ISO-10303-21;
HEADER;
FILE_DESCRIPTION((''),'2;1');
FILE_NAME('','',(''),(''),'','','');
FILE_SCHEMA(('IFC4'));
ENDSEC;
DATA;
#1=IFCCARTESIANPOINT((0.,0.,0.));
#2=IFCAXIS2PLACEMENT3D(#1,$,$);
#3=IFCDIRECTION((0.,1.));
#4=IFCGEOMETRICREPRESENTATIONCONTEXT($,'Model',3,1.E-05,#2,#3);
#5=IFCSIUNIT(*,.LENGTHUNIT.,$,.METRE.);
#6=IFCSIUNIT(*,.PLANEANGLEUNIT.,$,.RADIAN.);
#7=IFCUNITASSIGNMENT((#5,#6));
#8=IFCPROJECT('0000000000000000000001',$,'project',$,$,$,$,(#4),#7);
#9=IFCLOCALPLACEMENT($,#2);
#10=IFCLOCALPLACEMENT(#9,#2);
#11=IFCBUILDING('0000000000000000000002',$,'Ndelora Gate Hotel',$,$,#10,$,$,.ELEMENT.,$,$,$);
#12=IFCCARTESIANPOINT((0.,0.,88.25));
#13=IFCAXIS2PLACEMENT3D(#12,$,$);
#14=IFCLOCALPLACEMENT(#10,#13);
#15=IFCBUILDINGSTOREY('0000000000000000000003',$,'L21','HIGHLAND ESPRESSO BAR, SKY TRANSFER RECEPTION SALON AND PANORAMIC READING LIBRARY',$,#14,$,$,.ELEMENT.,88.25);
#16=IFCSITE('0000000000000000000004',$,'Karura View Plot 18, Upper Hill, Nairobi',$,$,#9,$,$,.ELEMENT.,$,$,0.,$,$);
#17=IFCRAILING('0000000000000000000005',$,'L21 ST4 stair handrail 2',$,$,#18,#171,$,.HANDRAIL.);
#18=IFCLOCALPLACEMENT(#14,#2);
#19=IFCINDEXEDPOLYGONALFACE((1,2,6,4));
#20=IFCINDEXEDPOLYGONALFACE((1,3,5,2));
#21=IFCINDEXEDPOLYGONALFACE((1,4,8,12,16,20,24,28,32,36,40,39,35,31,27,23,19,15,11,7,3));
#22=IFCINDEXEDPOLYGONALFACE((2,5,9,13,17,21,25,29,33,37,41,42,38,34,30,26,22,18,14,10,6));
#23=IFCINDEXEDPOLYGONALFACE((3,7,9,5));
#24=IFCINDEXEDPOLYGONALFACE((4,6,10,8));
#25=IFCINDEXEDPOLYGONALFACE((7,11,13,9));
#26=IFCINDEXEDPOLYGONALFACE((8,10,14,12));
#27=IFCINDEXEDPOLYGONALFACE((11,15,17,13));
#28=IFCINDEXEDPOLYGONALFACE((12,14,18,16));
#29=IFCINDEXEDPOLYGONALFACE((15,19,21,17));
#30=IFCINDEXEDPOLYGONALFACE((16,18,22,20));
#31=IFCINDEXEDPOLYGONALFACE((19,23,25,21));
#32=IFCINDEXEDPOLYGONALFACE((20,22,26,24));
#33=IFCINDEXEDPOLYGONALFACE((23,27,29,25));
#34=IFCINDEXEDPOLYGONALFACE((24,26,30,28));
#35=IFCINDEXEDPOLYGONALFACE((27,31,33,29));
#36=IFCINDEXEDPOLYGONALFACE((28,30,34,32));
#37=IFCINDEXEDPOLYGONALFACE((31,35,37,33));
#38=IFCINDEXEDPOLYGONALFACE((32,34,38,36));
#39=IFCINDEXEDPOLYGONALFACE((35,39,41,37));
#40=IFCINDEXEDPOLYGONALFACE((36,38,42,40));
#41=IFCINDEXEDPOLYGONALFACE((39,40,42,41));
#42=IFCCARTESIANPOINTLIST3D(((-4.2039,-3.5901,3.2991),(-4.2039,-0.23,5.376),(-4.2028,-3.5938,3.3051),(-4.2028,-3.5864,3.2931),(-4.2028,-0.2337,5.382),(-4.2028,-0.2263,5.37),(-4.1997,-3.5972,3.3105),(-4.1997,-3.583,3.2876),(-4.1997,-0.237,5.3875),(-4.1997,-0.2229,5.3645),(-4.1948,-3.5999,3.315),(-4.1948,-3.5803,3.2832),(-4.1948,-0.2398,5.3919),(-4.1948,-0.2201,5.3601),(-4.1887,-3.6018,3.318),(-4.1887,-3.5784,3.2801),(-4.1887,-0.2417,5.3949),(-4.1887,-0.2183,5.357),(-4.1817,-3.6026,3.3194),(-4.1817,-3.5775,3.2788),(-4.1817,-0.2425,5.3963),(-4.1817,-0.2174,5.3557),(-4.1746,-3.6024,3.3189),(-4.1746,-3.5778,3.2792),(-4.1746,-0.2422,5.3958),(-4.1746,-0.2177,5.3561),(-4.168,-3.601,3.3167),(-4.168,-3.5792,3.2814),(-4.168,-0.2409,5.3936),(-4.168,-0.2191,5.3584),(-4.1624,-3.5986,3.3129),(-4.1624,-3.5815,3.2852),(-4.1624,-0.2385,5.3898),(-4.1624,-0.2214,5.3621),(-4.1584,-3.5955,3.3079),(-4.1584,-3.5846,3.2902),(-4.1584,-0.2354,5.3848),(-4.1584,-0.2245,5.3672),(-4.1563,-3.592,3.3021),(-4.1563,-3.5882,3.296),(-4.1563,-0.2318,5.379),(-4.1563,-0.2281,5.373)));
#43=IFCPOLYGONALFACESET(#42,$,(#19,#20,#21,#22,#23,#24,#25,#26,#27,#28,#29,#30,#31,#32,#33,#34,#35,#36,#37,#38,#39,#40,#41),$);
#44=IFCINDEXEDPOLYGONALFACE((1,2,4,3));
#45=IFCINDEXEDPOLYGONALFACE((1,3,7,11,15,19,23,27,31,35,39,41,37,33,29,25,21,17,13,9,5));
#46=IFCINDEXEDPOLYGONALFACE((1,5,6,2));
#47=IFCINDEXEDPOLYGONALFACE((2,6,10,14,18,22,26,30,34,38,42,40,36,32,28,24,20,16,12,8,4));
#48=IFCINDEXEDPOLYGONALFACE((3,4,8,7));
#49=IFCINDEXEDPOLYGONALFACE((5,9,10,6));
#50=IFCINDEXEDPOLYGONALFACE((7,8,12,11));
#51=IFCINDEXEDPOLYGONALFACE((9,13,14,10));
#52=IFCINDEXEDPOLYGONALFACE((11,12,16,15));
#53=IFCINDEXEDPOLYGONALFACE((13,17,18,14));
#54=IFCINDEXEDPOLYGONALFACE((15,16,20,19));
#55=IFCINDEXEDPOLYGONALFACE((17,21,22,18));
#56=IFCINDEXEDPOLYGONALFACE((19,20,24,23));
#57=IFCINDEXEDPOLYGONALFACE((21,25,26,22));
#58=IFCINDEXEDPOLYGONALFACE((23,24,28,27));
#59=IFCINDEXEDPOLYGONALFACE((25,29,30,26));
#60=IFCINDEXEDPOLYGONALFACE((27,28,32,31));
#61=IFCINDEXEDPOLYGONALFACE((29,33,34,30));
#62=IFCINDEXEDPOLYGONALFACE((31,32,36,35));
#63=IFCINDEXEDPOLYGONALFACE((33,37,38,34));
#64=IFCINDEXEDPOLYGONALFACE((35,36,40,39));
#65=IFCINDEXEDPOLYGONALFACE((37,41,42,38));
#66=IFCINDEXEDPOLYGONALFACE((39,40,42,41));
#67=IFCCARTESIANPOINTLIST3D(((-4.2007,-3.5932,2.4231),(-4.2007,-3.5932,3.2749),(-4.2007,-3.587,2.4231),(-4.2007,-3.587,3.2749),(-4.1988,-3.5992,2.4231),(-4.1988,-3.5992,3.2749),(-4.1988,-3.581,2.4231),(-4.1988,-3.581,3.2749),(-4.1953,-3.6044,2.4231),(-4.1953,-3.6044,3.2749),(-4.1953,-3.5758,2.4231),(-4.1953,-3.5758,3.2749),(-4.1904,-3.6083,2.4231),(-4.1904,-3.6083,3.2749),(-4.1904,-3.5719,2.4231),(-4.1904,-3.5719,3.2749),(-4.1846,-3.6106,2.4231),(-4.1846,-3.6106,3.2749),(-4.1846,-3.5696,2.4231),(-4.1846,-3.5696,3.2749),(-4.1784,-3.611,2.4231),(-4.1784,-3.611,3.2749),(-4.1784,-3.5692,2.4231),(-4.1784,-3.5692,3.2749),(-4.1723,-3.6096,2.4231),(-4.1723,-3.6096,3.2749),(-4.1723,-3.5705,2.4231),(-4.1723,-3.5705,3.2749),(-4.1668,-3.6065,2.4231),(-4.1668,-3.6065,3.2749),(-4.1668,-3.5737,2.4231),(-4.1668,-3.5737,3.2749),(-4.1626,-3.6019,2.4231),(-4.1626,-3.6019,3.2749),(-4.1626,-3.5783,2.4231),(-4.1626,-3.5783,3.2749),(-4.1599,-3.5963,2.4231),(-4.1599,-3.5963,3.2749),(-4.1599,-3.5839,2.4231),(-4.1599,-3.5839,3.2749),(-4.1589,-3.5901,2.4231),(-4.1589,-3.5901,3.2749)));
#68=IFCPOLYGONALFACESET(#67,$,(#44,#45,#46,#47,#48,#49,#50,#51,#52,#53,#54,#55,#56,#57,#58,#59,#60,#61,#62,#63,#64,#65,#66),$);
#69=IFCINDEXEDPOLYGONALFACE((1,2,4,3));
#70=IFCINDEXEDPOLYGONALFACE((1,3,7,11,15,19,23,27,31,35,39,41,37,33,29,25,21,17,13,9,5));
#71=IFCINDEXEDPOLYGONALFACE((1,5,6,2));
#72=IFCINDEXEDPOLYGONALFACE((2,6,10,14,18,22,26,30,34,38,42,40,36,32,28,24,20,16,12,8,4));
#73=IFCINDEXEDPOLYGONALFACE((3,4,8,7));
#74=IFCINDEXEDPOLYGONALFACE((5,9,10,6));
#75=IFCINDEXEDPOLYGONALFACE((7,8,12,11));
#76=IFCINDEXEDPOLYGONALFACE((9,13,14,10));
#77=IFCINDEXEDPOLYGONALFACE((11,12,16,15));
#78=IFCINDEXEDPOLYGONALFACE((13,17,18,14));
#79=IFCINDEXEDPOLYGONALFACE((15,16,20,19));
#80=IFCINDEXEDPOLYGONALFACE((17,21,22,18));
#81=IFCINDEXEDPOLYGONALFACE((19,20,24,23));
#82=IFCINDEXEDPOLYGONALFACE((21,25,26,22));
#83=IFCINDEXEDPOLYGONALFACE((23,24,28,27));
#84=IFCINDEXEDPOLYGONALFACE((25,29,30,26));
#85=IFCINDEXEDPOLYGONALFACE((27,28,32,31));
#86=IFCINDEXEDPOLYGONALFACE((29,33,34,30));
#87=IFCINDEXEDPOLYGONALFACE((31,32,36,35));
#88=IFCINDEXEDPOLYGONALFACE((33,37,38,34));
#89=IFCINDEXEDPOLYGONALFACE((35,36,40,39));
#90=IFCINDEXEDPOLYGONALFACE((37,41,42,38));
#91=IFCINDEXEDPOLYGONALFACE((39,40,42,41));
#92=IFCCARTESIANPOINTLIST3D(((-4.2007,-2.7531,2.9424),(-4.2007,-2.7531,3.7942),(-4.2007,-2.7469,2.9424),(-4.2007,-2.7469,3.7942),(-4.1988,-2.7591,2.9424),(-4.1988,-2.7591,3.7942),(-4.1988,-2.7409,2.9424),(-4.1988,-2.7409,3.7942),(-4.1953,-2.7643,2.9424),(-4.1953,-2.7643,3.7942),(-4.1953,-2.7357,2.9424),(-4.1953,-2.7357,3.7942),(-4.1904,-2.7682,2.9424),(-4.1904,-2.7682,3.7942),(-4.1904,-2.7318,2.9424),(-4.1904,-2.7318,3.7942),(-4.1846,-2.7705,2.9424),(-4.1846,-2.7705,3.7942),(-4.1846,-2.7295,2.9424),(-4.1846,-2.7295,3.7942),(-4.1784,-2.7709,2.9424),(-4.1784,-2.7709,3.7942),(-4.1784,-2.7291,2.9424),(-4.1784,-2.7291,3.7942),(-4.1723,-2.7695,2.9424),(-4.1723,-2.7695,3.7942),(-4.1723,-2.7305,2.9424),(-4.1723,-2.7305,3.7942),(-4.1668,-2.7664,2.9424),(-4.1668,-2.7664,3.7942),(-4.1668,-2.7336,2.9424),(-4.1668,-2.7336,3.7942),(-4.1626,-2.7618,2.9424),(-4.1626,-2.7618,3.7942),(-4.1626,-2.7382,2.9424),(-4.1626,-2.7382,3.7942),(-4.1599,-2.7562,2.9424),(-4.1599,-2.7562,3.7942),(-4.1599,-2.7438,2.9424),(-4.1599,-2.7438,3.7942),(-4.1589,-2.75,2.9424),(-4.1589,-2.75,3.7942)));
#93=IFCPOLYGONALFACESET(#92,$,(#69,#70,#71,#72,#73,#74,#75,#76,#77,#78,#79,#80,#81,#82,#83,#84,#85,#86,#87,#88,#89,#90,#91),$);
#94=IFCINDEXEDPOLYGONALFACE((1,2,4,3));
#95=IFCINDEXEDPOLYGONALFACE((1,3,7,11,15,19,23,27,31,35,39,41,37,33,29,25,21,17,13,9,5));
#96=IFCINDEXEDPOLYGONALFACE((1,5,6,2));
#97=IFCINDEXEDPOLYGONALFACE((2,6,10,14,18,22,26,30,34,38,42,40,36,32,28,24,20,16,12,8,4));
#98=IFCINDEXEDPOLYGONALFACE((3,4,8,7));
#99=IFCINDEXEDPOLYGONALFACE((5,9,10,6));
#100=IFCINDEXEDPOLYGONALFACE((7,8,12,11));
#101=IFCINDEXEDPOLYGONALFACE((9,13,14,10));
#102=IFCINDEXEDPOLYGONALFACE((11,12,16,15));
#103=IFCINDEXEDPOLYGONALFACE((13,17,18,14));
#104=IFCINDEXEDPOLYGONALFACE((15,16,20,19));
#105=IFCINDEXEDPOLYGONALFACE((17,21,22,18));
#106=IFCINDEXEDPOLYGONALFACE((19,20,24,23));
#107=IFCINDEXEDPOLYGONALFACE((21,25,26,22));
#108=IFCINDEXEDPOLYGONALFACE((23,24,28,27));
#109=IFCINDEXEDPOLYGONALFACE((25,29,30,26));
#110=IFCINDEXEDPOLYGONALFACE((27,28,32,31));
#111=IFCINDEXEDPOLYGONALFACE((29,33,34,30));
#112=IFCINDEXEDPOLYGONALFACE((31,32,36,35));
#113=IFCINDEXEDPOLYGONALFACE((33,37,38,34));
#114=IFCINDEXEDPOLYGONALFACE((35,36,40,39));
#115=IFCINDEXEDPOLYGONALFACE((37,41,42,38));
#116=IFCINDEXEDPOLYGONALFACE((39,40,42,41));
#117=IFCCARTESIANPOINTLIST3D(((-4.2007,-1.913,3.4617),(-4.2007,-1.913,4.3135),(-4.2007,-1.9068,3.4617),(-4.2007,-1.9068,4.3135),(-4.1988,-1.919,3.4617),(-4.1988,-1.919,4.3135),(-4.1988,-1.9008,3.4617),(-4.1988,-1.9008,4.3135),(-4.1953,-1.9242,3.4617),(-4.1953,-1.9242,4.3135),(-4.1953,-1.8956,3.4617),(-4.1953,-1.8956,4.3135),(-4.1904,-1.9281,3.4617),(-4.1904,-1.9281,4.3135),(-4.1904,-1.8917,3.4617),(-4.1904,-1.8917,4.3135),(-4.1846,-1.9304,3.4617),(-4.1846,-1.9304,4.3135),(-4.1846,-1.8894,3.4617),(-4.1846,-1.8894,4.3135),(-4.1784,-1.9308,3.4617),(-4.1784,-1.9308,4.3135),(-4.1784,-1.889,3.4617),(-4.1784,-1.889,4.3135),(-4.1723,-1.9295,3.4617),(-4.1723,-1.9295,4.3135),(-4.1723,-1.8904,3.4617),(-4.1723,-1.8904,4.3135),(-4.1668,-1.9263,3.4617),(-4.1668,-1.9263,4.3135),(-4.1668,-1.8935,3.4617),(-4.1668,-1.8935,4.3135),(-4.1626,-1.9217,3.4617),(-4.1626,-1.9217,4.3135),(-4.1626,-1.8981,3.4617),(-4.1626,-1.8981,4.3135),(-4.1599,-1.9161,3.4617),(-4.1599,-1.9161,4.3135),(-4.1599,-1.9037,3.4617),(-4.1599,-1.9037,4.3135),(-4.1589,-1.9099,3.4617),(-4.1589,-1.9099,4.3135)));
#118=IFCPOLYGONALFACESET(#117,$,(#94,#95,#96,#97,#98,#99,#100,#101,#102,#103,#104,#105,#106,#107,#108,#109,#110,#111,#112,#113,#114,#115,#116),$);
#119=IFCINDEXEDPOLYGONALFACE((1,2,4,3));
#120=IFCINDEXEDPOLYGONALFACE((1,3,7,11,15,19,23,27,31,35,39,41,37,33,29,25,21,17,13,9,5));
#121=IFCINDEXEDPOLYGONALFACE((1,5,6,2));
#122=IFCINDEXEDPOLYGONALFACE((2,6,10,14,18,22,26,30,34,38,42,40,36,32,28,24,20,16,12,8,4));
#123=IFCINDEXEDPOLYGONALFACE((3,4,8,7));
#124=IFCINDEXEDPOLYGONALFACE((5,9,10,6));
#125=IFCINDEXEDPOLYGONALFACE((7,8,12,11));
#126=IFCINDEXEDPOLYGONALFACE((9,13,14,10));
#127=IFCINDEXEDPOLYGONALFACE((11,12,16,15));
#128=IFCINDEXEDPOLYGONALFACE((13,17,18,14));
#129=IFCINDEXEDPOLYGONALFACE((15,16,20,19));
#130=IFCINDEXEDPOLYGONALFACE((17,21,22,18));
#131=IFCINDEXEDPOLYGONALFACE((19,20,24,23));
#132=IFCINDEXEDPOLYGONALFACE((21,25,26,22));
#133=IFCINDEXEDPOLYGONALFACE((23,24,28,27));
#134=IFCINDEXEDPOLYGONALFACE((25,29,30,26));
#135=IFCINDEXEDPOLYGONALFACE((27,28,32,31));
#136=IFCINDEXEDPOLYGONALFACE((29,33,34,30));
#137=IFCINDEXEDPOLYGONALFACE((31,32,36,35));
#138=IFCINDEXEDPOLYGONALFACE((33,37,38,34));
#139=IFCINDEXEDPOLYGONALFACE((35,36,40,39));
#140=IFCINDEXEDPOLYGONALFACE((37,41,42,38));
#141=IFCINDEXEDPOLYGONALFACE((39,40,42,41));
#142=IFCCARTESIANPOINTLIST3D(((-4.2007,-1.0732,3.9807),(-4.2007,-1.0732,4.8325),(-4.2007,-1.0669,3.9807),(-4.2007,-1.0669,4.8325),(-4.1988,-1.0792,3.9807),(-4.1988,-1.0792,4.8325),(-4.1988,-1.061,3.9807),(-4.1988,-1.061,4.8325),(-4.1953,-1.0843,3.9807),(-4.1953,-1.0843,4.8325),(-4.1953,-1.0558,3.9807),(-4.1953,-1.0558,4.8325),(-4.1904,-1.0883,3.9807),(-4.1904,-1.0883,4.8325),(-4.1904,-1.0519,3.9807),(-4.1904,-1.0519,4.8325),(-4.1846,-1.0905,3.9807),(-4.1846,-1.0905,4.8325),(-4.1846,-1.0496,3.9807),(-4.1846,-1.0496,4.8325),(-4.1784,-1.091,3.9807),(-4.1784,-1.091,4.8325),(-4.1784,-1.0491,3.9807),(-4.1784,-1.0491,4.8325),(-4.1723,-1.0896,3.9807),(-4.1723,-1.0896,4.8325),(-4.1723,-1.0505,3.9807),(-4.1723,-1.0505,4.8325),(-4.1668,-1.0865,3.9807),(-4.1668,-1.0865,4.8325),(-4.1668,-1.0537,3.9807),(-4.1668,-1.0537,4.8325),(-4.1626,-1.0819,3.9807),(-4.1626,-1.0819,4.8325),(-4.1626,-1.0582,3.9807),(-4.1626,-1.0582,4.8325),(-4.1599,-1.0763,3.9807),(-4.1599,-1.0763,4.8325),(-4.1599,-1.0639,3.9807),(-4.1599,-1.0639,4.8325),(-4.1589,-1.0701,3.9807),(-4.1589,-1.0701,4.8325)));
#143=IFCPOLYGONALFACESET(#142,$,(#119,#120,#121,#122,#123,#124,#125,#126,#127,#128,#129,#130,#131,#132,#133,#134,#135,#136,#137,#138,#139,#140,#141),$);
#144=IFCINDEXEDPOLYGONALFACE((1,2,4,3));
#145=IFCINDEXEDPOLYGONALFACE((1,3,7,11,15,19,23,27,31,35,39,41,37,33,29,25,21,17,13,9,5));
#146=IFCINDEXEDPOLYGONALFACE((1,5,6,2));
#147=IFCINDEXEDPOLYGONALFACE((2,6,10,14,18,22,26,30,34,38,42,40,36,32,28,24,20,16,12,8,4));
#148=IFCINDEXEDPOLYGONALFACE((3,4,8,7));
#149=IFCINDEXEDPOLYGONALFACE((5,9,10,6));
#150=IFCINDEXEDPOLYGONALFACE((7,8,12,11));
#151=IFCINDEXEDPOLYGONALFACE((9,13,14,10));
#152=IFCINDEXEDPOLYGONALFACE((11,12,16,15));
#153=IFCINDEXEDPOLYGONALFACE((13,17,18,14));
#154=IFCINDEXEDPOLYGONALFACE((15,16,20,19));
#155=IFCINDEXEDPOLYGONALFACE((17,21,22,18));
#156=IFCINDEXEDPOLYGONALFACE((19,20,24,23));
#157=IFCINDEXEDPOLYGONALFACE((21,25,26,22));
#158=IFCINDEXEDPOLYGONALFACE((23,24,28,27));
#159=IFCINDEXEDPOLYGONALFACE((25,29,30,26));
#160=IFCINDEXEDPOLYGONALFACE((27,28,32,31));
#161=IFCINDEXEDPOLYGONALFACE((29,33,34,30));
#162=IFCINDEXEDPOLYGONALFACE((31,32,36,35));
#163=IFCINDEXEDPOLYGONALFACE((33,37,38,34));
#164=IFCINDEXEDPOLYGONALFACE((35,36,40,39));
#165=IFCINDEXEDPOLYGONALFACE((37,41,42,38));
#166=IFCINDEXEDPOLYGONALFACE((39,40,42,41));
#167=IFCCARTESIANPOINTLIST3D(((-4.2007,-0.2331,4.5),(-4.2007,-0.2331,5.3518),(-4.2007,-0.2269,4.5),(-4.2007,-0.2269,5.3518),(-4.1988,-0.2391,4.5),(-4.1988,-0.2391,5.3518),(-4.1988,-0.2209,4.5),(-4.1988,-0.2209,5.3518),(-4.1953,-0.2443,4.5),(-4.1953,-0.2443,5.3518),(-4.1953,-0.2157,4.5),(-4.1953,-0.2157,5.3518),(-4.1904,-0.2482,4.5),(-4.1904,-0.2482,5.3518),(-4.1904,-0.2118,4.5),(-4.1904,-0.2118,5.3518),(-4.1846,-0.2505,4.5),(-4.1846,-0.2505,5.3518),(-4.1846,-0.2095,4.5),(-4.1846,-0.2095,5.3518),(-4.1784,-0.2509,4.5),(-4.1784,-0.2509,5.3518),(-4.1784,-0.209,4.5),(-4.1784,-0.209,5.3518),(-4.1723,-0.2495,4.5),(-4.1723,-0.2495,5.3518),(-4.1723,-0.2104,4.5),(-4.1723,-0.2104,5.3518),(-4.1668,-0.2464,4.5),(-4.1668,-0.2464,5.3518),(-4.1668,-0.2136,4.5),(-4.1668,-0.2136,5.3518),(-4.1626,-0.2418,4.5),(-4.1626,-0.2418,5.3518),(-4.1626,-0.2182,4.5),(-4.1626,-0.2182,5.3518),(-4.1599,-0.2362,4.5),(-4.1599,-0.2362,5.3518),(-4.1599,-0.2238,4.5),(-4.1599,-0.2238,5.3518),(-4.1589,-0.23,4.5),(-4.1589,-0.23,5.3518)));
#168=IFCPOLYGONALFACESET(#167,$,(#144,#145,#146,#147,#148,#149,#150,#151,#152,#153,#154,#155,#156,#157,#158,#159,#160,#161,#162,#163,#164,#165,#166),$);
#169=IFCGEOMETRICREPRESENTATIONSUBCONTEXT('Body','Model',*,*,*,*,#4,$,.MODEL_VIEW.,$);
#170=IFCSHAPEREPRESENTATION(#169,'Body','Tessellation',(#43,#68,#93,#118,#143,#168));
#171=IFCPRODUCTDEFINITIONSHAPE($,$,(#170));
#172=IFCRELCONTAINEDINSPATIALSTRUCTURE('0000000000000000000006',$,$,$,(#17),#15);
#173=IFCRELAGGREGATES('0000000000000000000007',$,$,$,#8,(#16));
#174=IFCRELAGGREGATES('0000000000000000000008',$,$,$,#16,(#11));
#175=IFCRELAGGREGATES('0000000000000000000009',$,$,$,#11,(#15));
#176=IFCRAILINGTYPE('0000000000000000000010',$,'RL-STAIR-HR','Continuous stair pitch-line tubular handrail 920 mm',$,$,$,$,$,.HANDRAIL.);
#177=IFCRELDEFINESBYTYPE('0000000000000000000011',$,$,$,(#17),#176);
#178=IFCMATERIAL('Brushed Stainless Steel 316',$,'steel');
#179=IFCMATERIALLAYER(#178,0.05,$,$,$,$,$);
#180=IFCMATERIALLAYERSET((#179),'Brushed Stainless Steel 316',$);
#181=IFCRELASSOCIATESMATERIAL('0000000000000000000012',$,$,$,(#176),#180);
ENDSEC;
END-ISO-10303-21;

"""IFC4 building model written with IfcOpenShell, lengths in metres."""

from ifc_helpers import new_model, si_unit, direction, frame, origin, origin_2d, place, context, subcontext, project, spatial, circle, extrude, material, layer, layer_set, type_object, element, save


model = new_model("IFC4")

# Units and contexts
model_context = context("Model", 3, precision=1e-05, world=origin(), true_north=direction((0.0, 1.0)))
body_context = subcontext(model_context, "Body", "Model", "MODEL_VIEW")
ifc_project = project(units=[si_unit("LENGTHUNIT", "METRE"), si_unit("PLANEANGLEUNIT", "RADIAN")], contexts=[model_context])

# Site, building, storey
site_placement = place(None, origin())
site = spatial("IfcSite", under=ifc_project, at=site_placement, Name="Karura View Plot 18, Upper Hill, Nairobi", CompositionType="ELEMENT", RefElevation=0.0)
building_placement = place(site_placement, origin())
building = spatial("IfcBuilding", under=site, at=building_placement, Name="Ndelora Gate Hotel", CompositionType="ELEMENT")
storey_placement = place(building_placement, frame((0.0, 0.0, 88.25)))
storey = spatial("IfcBuildingStorey", under=building, at=storey_placement, Name="L21", Description="HIGHLAND ESPRESSO BAR, SKY TRANSFER RECEPTION SALON AND PANORAMIC READING LIBRARY", CompositionType="ELEMENT", Elevation=88.25)

# Railing
ifc_material_1 = material(Name="Brushed Stainless Steel 316", Category="steel")
ifc_layer_1 = layer(ifc_material_1, 0.05)
ifc_layer_set_1 = layer_set([ifc_layer_1], Name="Brushed Stainless Steel 316")
railing_type_1 = type_object("IfcRailingType", Name="RL-STAIR-HR", Description="Continuous stair pitch-line tubular handrail 920 mm", PredefinedType="HANDRAIL", material=ifc_layer_set_1)
railing_1_placement = place(storey_placement, frame((-4.1799, -3.5901, 2.4231)))
element("IfcRailing", 1, at=railing_1_placement, inside=storey, type_object=railing_type_1, Name="L21 ST4 stair handrail 2", PredefinedType="HANDRAIL", context=body_context, shape_type="SweptSolid", body=[
    extrude(circle(Radius=0.0239, at=origin_2d()), frame((0.0, 0.0, 0.876), z_axis=(0.0, 0.850623, 0.525776), x_axis=(-1.0, 0.0, 0.0)), (0.0, 0.0, 1.0), 3.9502),
    extrude(circle(Radius=0.021, at=origin_2d()), origin(), (0.0, 0.0, 1.0), 0.8518),
    extrude(circle(Radius=0.021, at=origin_2d()), frame((0.0, 0.8401, 0.5193)), (0.0, 0.0, 1.0), 0.8518),
    extrude(circle(Radius=0.021, at=origin_2d()), frame((0.0, 1.6802, 1.0386)), (0.0, 0.0, 1.0), 0.8518),
    extrude(circle(Radius=0.021, at=origin_2d()), frame((0.0, 2.52, 1.5576)), (0.0, 0.0, 1.0), 0.8518),
    extrude(circle(Radius=0.021, at=origin_2d()), frame((0.0, 3.3601, 2.0769)), (0.0, 0.0, 1.0), 0.8518),
])

save(model, "model.ifc")
